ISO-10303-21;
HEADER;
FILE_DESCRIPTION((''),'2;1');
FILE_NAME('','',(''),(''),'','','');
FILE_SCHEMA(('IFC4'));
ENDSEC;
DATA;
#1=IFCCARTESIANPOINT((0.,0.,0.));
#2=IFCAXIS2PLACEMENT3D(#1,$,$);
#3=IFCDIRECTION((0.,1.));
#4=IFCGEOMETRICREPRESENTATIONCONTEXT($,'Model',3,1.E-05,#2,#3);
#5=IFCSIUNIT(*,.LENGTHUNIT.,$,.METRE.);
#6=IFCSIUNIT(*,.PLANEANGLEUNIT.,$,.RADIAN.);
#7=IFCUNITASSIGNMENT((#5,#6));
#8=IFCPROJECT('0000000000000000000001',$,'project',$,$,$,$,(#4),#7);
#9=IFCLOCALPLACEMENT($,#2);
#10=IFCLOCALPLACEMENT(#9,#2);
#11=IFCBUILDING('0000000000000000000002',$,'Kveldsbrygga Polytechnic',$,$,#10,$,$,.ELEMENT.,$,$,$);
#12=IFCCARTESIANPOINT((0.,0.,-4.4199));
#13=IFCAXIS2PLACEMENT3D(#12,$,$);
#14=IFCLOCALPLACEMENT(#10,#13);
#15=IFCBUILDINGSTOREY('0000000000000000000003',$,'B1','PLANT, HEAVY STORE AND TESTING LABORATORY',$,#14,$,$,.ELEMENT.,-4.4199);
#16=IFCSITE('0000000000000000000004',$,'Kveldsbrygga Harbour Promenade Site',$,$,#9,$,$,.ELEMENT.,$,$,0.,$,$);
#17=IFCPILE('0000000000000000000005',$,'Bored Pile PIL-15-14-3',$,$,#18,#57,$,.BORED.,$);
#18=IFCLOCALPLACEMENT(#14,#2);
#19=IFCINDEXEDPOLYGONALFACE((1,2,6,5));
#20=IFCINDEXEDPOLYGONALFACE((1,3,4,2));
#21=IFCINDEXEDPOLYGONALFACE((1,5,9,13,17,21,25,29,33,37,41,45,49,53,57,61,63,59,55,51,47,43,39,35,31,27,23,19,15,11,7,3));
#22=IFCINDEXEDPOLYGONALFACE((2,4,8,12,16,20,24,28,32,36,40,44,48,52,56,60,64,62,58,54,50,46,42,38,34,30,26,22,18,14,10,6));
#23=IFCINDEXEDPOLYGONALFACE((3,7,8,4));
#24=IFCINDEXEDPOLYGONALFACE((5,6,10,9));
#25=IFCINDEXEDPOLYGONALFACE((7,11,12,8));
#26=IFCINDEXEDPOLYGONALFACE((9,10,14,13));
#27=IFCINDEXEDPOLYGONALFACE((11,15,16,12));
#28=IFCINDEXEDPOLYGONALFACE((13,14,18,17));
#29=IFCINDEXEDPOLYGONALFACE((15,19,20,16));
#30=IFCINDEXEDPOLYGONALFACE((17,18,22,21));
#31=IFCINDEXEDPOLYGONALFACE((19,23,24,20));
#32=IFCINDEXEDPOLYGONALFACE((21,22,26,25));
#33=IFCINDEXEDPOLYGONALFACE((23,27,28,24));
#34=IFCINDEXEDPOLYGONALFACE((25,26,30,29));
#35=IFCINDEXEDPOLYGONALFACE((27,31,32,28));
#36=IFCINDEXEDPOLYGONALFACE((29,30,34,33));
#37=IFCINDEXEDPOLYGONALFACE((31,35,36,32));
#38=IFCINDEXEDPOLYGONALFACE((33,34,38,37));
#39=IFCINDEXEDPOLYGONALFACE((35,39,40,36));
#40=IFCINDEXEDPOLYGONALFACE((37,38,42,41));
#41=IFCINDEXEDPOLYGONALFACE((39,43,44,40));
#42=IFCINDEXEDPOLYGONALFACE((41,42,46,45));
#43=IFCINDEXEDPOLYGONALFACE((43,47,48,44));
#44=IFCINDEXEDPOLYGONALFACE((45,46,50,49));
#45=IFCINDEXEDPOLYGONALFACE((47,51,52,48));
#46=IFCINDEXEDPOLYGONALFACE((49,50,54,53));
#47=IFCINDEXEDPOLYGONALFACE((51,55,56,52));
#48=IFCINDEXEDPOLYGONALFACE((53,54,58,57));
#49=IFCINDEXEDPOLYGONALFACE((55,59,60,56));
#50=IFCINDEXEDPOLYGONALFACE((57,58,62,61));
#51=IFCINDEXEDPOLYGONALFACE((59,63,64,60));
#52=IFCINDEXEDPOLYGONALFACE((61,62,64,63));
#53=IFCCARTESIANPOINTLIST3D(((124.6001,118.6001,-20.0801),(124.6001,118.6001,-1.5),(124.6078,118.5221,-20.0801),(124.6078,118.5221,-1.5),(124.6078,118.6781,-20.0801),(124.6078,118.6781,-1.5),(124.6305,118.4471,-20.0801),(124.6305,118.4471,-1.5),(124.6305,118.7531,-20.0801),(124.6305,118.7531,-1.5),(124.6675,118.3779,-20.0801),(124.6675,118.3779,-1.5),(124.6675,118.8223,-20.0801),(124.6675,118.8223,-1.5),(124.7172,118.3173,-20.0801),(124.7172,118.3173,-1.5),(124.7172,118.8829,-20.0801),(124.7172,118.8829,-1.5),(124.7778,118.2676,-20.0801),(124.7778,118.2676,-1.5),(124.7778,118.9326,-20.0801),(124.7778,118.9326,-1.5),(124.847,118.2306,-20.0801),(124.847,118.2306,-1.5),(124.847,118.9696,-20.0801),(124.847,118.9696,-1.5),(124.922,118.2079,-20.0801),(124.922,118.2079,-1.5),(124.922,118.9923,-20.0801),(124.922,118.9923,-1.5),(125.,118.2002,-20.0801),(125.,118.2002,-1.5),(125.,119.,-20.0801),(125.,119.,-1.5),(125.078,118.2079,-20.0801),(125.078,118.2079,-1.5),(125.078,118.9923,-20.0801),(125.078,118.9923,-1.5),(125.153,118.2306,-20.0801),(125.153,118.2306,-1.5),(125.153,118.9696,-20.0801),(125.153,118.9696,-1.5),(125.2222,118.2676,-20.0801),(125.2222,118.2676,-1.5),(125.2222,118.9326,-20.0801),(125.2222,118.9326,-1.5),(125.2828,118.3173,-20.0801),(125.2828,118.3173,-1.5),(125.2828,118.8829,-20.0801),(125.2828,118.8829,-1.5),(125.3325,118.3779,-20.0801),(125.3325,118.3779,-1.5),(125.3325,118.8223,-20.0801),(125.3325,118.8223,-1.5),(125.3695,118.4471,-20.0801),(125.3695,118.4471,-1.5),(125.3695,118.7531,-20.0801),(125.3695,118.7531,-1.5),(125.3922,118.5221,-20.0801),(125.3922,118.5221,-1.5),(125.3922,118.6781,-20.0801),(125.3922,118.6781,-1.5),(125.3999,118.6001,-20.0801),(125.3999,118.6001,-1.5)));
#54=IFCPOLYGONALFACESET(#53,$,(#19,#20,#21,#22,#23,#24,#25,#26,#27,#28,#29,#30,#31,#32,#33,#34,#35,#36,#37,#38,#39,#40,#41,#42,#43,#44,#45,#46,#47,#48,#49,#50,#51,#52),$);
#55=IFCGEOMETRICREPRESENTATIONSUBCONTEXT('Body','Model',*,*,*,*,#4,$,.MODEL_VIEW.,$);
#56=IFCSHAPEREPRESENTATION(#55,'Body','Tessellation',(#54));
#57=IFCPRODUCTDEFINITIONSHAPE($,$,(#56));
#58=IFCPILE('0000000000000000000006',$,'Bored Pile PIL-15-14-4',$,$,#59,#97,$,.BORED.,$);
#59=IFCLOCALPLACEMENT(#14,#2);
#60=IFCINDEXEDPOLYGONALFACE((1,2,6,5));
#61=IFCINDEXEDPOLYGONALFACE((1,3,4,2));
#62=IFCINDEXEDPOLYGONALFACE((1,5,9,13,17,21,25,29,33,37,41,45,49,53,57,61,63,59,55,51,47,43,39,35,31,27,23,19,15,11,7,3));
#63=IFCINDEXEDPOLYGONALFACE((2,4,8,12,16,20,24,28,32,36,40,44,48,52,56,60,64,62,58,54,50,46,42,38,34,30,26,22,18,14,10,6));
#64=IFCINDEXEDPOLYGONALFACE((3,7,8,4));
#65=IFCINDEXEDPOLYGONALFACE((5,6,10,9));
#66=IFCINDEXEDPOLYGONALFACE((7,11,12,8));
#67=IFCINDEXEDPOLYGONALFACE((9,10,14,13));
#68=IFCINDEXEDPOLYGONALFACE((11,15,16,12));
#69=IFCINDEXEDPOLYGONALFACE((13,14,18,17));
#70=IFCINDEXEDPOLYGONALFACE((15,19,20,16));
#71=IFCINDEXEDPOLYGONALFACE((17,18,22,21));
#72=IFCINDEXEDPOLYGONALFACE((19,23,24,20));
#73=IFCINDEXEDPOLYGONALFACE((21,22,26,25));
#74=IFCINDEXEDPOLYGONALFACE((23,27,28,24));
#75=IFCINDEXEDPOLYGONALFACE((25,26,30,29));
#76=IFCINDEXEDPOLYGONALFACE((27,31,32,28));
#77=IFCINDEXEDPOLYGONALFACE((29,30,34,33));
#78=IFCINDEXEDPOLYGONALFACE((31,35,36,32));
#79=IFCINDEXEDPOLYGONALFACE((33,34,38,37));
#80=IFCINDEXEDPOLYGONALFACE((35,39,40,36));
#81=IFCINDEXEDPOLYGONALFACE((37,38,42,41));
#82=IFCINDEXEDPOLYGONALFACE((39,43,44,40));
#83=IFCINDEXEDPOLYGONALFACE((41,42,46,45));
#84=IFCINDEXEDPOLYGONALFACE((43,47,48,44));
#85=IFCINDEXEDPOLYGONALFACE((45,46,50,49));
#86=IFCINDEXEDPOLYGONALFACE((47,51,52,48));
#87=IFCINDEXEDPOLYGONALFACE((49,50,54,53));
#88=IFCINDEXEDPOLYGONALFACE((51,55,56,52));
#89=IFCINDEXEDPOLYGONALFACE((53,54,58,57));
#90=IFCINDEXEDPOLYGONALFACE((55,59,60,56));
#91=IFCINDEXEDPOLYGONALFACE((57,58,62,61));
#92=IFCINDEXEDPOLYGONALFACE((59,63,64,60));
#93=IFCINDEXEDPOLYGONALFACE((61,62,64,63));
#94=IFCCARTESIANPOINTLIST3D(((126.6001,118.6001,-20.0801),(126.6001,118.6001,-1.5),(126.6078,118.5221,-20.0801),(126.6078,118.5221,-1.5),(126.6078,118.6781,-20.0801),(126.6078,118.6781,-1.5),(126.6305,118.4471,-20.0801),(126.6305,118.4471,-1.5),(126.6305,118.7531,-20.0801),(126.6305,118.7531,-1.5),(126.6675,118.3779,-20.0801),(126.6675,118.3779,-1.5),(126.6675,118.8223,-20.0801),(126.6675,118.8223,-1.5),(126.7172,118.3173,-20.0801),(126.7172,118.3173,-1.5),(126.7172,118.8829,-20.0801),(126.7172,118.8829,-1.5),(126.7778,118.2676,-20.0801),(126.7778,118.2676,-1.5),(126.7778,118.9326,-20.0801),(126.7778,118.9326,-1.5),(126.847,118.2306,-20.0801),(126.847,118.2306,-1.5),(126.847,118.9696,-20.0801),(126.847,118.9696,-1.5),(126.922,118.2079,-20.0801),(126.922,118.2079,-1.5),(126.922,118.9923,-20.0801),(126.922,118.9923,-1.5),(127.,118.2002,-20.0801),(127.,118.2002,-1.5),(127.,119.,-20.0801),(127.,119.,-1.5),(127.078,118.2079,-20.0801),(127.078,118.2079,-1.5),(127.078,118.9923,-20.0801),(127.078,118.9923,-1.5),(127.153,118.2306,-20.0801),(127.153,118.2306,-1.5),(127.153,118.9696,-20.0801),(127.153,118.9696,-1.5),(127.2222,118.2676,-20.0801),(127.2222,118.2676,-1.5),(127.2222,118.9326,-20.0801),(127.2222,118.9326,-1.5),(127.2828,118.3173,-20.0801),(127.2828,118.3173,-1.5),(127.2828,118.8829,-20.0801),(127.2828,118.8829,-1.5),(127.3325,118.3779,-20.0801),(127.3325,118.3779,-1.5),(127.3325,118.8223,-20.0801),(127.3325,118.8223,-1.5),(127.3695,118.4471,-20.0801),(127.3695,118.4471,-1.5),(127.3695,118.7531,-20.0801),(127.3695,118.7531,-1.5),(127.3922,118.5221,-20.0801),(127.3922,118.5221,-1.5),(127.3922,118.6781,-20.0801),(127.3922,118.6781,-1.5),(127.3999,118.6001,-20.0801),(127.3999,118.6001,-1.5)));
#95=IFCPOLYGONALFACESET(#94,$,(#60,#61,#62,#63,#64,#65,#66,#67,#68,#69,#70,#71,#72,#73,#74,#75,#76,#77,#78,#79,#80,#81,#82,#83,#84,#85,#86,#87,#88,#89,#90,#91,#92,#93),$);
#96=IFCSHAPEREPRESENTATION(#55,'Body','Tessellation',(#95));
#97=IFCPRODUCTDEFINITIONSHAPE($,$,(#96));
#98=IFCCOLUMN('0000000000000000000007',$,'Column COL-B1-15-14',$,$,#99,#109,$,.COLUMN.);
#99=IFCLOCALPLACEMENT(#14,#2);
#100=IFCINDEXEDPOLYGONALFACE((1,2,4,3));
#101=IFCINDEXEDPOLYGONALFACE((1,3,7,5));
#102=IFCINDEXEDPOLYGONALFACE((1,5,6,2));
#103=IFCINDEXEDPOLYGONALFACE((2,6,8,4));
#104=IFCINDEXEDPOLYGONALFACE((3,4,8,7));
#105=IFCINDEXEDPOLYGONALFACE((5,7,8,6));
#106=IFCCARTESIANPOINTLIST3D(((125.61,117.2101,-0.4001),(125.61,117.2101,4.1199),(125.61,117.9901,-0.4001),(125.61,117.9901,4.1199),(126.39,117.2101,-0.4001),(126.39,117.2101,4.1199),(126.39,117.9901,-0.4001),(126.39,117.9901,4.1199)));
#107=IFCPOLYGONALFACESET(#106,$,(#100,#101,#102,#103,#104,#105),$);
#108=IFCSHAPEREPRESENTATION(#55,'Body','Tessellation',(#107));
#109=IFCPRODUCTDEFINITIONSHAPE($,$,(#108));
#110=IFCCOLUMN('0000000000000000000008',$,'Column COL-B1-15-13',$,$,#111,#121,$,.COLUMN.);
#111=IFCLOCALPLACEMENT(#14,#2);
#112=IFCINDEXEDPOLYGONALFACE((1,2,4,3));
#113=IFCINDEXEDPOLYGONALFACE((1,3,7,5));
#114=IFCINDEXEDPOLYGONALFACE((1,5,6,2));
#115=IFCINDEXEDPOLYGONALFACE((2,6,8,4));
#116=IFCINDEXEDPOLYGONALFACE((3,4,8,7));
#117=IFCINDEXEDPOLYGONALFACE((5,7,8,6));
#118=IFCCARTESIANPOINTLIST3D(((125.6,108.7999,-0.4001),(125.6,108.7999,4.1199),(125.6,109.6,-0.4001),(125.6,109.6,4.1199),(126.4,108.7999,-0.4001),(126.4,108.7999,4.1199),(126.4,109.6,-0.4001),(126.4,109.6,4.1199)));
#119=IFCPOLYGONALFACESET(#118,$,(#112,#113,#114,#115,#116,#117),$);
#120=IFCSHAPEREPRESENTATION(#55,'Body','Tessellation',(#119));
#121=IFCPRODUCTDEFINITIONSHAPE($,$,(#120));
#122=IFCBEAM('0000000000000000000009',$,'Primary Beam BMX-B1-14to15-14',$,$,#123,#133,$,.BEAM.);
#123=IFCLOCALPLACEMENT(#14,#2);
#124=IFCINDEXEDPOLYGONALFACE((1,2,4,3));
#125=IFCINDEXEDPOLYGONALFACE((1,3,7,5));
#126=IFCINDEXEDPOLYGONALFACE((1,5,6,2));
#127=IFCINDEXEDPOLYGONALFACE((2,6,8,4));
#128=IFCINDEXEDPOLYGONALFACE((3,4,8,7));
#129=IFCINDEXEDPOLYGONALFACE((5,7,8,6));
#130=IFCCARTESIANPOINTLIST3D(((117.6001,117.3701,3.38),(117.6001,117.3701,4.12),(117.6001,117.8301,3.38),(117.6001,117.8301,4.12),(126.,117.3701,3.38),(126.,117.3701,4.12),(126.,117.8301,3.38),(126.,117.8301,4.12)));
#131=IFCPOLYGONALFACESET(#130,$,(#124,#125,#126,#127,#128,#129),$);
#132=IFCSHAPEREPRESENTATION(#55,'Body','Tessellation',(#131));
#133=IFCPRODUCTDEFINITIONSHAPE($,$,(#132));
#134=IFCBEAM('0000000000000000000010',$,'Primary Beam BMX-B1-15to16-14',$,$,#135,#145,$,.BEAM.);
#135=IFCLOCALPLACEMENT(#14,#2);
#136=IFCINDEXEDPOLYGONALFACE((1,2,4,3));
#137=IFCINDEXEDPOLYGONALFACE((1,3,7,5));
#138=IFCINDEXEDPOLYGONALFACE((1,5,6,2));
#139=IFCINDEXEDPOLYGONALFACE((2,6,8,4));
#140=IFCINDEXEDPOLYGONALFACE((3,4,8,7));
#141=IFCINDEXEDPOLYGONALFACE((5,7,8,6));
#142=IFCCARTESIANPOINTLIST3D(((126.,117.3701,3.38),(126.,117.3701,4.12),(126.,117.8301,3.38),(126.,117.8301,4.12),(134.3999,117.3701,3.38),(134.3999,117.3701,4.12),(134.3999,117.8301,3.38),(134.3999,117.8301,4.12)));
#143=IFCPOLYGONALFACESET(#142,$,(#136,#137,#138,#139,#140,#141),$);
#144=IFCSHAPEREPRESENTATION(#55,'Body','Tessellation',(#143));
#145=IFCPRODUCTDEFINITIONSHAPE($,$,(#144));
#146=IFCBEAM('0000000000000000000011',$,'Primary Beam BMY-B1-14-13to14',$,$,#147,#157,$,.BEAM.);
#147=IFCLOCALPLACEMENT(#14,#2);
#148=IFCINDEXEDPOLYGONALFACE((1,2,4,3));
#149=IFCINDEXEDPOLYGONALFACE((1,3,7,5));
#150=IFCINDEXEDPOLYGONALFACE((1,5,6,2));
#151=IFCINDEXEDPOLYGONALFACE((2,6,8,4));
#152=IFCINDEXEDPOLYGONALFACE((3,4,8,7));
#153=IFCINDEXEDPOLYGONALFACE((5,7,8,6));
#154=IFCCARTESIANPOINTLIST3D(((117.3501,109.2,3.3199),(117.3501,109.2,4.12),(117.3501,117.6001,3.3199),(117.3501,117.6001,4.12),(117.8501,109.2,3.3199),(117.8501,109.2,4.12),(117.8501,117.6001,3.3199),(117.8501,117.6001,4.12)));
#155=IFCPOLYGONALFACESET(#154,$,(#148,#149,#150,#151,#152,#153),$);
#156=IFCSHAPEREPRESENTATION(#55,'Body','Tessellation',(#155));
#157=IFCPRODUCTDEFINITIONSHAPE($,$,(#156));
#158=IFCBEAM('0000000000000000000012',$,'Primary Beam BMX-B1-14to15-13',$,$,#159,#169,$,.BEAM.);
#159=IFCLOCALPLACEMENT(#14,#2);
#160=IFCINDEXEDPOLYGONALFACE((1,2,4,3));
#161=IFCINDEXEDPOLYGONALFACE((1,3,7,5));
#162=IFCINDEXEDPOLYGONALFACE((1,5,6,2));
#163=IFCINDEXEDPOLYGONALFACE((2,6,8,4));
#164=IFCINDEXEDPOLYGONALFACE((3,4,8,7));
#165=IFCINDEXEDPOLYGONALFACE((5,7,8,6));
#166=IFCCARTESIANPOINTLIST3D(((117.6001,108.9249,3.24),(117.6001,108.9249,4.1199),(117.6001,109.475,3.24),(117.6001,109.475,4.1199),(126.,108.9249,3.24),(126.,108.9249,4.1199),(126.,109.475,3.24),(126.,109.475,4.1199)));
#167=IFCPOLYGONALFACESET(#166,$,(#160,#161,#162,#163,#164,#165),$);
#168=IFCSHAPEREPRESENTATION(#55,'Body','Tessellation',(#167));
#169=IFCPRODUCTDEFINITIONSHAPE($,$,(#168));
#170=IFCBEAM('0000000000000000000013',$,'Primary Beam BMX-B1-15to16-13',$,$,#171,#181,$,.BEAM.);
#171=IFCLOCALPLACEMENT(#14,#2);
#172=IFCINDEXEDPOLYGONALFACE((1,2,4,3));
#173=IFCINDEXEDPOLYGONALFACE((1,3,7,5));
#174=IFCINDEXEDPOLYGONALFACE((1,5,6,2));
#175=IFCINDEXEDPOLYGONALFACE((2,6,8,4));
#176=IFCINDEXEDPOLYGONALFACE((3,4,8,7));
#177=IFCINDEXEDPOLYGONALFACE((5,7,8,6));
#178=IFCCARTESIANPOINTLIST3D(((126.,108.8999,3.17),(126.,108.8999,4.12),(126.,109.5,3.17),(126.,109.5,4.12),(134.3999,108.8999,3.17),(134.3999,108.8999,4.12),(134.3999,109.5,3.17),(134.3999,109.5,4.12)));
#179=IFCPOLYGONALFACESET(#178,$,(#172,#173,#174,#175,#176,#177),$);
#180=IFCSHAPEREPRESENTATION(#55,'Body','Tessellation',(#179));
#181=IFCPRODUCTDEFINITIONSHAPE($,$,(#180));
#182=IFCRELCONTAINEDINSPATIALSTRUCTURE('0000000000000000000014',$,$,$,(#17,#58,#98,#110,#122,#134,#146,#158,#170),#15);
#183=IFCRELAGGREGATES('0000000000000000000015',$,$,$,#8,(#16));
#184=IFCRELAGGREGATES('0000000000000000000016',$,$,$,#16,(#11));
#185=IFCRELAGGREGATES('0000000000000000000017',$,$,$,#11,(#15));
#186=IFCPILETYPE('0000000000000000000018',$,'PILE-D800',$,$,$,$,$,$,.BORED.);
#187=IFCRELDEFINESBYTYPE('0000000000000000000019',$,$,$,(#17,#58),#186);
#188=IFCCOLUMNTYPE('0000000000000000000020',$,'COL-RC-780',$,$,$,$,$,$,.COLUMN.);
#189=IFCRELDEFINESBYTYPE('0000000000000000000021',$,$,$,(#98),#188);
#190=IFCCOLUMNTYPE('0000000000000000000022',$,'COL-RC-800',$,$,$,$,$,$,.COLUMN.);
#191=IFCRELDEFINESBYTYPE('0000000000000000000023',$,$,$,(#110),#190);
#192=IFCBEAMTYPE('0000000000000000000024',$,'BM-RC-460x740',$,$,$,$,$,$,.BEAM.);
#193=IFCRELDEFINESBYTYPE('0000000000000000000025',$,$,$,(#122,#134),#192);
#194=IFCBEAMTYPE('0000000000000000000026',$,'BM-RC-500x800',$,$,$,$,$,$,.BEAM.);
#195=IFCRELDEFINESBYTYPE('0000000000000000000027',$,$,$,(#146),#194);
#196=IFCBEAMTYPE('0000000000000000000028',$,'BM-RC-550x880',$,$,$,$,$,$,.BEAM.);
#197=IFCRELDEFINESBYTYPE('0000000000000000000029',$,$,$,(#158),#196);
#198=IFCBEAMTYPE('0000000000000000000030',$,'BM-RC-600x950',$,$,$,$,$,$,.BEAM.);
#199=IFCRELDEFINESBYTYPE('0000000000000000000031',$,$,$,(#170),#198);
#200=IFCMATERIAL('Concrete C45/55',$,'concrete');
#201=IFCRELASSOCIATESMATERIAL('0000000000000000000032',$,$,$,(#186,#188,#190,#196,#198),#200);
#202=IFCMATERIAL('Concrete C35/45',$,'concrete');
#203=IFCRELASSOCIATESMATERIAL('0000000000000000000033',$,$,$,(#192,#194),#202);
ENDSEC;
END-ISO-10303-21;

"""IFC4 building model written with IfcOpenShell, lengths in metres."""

from ifc_helpers import new_model, si_unit, direction, frame, origin, origin_2d, place, context, subcontext, project, spatial, rectangle, circle, extrude, material, material_profile, profile_set, type_object, element, save


model = new_model("IFC4")

# Units and contexts
model_context = context("Model", 3, precision=1e-05, world=origin(), true_north=direction((0.0, 1.0)))
body_context = subcontext(model_context, "Body", "Model", "MODEL_VIEW")
ifc_project = project(units=[si_unit("LENGTHUNIT", "METRE"), si_unit("PLANEANGLEUNIT", "RADIAN")], contexts=[model_context])

# Site, building, storey
site_placement = place(None, origin())
site = spatial("IfcSite", under=ifc_project, at=site_placement, Name="Kveldsbrygga Harbour Promenade Site", CompositionType="ELEMENT", RefElevation=0.0)
building_placement = place(site_placement, origin())
building = spatial("IfcBuilding", under=site, at=building_placement, Name="Kveldsbrygga Polytechnic", CompositionType="ELEMENT")
storey_placement = place(building_placement, frame((0.0, 0.0, -4.4199)))
storey = spatial("IfcBuildingStorey", under=building, at=storey_placement, Name="B1", Description="PLANT, HEAVY STORE AND TESTING LABORATORY", CompositionType="ELEMENT", Elevation=-4.4199)

# Shared definitions
ifc_material_1 = material(Name="Concrete C45/55", Category="concrete")

# Piles
ifc_material_profile_1 = material_profile(ifc_material_1, circle(Radius=0.3999, at=origin_2d()), Name="PILE D800")
ifc_profile_set_1 = profile_set([ifc_material_profile_1], Name="Concrete C45/55")
pile_type = type_object("IfcPileType", Name="PILE-D800", PredefinedType="BORED", material=ifc_profile_set_1)
for number, where, z_axis, x_axis, name in (
    (1, (125.0, 118.6001, -1.5), (0.0, 0.0, -1.0), (1.0, 0.0, 0.0), "Bored Pile PIL-15-14-3"),
    (2, (127.0, 118.6001, -1.5), (0.0, 0.0, -1.0), (1.0, 0.0, 0.0), "Bored Pile PIL-15-14-4"),
):
    element("IfcPile", number, at=place(storey_placement, frame(where, z_axis=z_axis, x_axis=x_axis)), inside=storey, type_object=pile_type, Name=name, PredefinedType="BORED", context=body_context, shape_type="SweptSolid", body=[
        extrude(circle(Radius=0.3999, at=origin_2d()), origin(), (0.0, 0.0, 1.0), 18.5801),
    ])

# Columns
ifc_material_profile_2 = material_profile(ifc_material_1, rectangle(XDim=0.78, YDim=0.78, at=origin_2d()), Name="RC 780x780")
ifc_profile_set_2 = profile_set([ifc_material_profile_2], Name="Concrete C45/55")
column_type_1 = type_object("IfcColumnType", Name="COL-RC-780", PredefinedType="COLUMN", material=ifc_profile_set_2)
column_1_placement = place(storey_placement, frame((126.0, 117.6001, -0.4001), z_axis=(0.0, 0.0, 1.0), x_axis=(1.0, 0.0, 0.0)))
element("IfcColumn", 3, at=column_1_placement, inside=storey, type_object=column_type_1, Name="Column COL-B1-15-14", PredefinedType="COLUMN", context=body_context, shape_type="SweptSolid", body=[
    extrude(rectangle(XDim=0.78, YDim=0.78, at=origin_2d()), origin(), (0.0, 0.0, 1.0), 4.52),
])
ifc_material_profile_3 = material_profile(ifc_material_1, rectangle(XDim=0.8, YDim=0.8, at=origin_2d()), Name="RC 800x800")
ifc_profile_set_3 = profile_set([ifc_material_profile_3], Name="Concrete C45/55")
column_type_2 = type_object("IfcColumnType", Name="COL-RC-800", PredefinedType="COLUMN", material=ifc_profile_set_3)
column_2_placement = place(storey_placement, frame((126.0, 109.2, -0.4001), z_axis=(0.0, 0.0, 1.0), x_axis=(1.0, 0.0, 0.0)))
element("IfcColumn", 4, at=column_2_placement, inside=storey, type_object=column_type_2, Name="Column COL-B1-15-13", PredefinedType="COLUMN", context=body_context, shape_type="SweptSolid", body=[
    extrude(rectangle(XDim=0.8, YDim=0.8, at=origin_2d()), origin(), (0.0, 0.0, 1.0), 4.52),
])

# Beams
ifc_material_2 = material(Name="Concrete C35/45", Category="concrete")
ifc_material_profile_4 = material_profile(ifc_material_2, rectangle(XDim=0.46, YDim=0.74, at=origin_2d()), Name="RC 460x740")
ifc_profile_set_4 = profile_set([ifc_material_profile_4], Name="Concrete C35/45")
beam_type_1 = type_object("IfcBeamType", Name="BM-RC-460x740", PredefinedType="BEAM", material=ifc_profile_set_4)
for number, where, z_axis, x_axis, name in (
    (5, (117.6001, 117.6001, 3.75), (1.0, 0.0, 0.0), (0.0, 1.0, 0.0), "Primary Beam BMX-B1-14to15-14"),
    (6, (126.0, 117.6001, 3.75), (1.0, 0.0, 0.0), (0.0, 1.0, 0.0), "Primary Beam BMX-B1-15to16-14"),
):
    element("IfcBeam", number, at=place(storey_placement, frame(where, z_axis=z_axis, x_axis=x_axis)), inside=storey, type_object=beam_type_1, Name=name, PredefinedType="BEAM", context=body_context, shape_type="SweptSolid", body=[
        extrude(rectangle(XDim=0.46, YDim=0.74, at=origin_2d()), origin(), (0.0, 0.0, 1.0), 8.3999),
    ])
ifc_material_profile_5 = material_profile(ifc_material_2, rectangle(XDim=0.5, YDim=0.8, at=origin_2d()), Name="RC 500x800")
ifc_profile_set_5 = profile_set([ifc_material_profile_5], Name="Concrete C35/45")
beam_type_2 = type_object("IfcBeamType", Name="BM-RC-500x800", PredefinedType="BEAM", material=ifc_profile_set_5)
beam_1_placement = place(storey_placement, frame((117.6001, 109.2, 3.72), z_axis=(0.0, 1.0, 0.0), x_axis=(-1.0, 0.0, 0.0)))
element("IfcBeam", 7, at=beam_1_placement, inside=storey, type_object=beam_type_2, Name="Primary Beam BMY-B1-14-13to14", PredefinedType="BEAM", context=body_context, shape_type="SweptSolid", body=[
    extrude(rectangle(XDim=0.5, YDim=0.8, at=origin_2d()), origin(), (0.0, 0.0, 1.0), 8.4001),
])
ifc_material_profile_6 = material_profile(ifc_material_1, rectangle(XDim=0.55, YDim=0.8799, at=origin_2d()), Name="RC 550x880")
ifc_profile_set_6 = profile_set([ifc_material_profile_6], Name="Concrete C45/55")
beam_type_3 = type_object("IfcBeamType", Name="BM-RC-550x880", PredefinedType="BEAM", material=ifc_profile_set_6)
beam_2_placement = place(storey_placement, frame((117.6001, 109.2, 3.6799), z_axis=(1.0, 0.0, 0.0), x_axis=(0.0, 1.0, 0.0)))
element("IfcBeam", 8, at=beam_2_placement, inside=storey, type_object=beam_type_3, Name="Primary Beam BMX-B1-14to15-13", PredefinedType="BEAM", context=body_context, shape_type="SweptSolid", body=[
    extrude(rectangle(XDim=0.55, YDim=0.8799, at=origin_2d()), origin(), (0.0, 0.0, 1.0), 8.3999),
])
ifc_material_profile_7 = material_profile(ifc_material_1, rectangle(XDim=0.6001, YDim=0.95, at=origin_2d()), Name="RC 600x950")
ifc_profile_set_7 = profile_set([ifc_material_profile_7], Name="Concrete C45/55")
beam_type_4 = type_object("IfcBeamType", Name="BM-RC-600x950", PredefinedType="BEAM", material=ifc_profile_set_7)
beam_3_placement = place(storey_placement, frame((126.0, 109.2, 3.645), z_axis=(1.0, 0.0, 0.0), x_axis=(0.0, 1.0, 0.0)))
element("IfcBeam", 9, at=beam_3_placement, inside=storey, type_object=beam_type_4, Name="Primary Beam BMX-B1-15to16-13", PredefinedType="BEAM", context=body_context, shape_type="SweptSolid", body=[
    extrude(rectangle(XDim=0.6001, YDim=0.95, at=origin_2d()), origin(), (0.0, 0.0, 1.0), 8.3999),
])

save(model, "model.ifc")
